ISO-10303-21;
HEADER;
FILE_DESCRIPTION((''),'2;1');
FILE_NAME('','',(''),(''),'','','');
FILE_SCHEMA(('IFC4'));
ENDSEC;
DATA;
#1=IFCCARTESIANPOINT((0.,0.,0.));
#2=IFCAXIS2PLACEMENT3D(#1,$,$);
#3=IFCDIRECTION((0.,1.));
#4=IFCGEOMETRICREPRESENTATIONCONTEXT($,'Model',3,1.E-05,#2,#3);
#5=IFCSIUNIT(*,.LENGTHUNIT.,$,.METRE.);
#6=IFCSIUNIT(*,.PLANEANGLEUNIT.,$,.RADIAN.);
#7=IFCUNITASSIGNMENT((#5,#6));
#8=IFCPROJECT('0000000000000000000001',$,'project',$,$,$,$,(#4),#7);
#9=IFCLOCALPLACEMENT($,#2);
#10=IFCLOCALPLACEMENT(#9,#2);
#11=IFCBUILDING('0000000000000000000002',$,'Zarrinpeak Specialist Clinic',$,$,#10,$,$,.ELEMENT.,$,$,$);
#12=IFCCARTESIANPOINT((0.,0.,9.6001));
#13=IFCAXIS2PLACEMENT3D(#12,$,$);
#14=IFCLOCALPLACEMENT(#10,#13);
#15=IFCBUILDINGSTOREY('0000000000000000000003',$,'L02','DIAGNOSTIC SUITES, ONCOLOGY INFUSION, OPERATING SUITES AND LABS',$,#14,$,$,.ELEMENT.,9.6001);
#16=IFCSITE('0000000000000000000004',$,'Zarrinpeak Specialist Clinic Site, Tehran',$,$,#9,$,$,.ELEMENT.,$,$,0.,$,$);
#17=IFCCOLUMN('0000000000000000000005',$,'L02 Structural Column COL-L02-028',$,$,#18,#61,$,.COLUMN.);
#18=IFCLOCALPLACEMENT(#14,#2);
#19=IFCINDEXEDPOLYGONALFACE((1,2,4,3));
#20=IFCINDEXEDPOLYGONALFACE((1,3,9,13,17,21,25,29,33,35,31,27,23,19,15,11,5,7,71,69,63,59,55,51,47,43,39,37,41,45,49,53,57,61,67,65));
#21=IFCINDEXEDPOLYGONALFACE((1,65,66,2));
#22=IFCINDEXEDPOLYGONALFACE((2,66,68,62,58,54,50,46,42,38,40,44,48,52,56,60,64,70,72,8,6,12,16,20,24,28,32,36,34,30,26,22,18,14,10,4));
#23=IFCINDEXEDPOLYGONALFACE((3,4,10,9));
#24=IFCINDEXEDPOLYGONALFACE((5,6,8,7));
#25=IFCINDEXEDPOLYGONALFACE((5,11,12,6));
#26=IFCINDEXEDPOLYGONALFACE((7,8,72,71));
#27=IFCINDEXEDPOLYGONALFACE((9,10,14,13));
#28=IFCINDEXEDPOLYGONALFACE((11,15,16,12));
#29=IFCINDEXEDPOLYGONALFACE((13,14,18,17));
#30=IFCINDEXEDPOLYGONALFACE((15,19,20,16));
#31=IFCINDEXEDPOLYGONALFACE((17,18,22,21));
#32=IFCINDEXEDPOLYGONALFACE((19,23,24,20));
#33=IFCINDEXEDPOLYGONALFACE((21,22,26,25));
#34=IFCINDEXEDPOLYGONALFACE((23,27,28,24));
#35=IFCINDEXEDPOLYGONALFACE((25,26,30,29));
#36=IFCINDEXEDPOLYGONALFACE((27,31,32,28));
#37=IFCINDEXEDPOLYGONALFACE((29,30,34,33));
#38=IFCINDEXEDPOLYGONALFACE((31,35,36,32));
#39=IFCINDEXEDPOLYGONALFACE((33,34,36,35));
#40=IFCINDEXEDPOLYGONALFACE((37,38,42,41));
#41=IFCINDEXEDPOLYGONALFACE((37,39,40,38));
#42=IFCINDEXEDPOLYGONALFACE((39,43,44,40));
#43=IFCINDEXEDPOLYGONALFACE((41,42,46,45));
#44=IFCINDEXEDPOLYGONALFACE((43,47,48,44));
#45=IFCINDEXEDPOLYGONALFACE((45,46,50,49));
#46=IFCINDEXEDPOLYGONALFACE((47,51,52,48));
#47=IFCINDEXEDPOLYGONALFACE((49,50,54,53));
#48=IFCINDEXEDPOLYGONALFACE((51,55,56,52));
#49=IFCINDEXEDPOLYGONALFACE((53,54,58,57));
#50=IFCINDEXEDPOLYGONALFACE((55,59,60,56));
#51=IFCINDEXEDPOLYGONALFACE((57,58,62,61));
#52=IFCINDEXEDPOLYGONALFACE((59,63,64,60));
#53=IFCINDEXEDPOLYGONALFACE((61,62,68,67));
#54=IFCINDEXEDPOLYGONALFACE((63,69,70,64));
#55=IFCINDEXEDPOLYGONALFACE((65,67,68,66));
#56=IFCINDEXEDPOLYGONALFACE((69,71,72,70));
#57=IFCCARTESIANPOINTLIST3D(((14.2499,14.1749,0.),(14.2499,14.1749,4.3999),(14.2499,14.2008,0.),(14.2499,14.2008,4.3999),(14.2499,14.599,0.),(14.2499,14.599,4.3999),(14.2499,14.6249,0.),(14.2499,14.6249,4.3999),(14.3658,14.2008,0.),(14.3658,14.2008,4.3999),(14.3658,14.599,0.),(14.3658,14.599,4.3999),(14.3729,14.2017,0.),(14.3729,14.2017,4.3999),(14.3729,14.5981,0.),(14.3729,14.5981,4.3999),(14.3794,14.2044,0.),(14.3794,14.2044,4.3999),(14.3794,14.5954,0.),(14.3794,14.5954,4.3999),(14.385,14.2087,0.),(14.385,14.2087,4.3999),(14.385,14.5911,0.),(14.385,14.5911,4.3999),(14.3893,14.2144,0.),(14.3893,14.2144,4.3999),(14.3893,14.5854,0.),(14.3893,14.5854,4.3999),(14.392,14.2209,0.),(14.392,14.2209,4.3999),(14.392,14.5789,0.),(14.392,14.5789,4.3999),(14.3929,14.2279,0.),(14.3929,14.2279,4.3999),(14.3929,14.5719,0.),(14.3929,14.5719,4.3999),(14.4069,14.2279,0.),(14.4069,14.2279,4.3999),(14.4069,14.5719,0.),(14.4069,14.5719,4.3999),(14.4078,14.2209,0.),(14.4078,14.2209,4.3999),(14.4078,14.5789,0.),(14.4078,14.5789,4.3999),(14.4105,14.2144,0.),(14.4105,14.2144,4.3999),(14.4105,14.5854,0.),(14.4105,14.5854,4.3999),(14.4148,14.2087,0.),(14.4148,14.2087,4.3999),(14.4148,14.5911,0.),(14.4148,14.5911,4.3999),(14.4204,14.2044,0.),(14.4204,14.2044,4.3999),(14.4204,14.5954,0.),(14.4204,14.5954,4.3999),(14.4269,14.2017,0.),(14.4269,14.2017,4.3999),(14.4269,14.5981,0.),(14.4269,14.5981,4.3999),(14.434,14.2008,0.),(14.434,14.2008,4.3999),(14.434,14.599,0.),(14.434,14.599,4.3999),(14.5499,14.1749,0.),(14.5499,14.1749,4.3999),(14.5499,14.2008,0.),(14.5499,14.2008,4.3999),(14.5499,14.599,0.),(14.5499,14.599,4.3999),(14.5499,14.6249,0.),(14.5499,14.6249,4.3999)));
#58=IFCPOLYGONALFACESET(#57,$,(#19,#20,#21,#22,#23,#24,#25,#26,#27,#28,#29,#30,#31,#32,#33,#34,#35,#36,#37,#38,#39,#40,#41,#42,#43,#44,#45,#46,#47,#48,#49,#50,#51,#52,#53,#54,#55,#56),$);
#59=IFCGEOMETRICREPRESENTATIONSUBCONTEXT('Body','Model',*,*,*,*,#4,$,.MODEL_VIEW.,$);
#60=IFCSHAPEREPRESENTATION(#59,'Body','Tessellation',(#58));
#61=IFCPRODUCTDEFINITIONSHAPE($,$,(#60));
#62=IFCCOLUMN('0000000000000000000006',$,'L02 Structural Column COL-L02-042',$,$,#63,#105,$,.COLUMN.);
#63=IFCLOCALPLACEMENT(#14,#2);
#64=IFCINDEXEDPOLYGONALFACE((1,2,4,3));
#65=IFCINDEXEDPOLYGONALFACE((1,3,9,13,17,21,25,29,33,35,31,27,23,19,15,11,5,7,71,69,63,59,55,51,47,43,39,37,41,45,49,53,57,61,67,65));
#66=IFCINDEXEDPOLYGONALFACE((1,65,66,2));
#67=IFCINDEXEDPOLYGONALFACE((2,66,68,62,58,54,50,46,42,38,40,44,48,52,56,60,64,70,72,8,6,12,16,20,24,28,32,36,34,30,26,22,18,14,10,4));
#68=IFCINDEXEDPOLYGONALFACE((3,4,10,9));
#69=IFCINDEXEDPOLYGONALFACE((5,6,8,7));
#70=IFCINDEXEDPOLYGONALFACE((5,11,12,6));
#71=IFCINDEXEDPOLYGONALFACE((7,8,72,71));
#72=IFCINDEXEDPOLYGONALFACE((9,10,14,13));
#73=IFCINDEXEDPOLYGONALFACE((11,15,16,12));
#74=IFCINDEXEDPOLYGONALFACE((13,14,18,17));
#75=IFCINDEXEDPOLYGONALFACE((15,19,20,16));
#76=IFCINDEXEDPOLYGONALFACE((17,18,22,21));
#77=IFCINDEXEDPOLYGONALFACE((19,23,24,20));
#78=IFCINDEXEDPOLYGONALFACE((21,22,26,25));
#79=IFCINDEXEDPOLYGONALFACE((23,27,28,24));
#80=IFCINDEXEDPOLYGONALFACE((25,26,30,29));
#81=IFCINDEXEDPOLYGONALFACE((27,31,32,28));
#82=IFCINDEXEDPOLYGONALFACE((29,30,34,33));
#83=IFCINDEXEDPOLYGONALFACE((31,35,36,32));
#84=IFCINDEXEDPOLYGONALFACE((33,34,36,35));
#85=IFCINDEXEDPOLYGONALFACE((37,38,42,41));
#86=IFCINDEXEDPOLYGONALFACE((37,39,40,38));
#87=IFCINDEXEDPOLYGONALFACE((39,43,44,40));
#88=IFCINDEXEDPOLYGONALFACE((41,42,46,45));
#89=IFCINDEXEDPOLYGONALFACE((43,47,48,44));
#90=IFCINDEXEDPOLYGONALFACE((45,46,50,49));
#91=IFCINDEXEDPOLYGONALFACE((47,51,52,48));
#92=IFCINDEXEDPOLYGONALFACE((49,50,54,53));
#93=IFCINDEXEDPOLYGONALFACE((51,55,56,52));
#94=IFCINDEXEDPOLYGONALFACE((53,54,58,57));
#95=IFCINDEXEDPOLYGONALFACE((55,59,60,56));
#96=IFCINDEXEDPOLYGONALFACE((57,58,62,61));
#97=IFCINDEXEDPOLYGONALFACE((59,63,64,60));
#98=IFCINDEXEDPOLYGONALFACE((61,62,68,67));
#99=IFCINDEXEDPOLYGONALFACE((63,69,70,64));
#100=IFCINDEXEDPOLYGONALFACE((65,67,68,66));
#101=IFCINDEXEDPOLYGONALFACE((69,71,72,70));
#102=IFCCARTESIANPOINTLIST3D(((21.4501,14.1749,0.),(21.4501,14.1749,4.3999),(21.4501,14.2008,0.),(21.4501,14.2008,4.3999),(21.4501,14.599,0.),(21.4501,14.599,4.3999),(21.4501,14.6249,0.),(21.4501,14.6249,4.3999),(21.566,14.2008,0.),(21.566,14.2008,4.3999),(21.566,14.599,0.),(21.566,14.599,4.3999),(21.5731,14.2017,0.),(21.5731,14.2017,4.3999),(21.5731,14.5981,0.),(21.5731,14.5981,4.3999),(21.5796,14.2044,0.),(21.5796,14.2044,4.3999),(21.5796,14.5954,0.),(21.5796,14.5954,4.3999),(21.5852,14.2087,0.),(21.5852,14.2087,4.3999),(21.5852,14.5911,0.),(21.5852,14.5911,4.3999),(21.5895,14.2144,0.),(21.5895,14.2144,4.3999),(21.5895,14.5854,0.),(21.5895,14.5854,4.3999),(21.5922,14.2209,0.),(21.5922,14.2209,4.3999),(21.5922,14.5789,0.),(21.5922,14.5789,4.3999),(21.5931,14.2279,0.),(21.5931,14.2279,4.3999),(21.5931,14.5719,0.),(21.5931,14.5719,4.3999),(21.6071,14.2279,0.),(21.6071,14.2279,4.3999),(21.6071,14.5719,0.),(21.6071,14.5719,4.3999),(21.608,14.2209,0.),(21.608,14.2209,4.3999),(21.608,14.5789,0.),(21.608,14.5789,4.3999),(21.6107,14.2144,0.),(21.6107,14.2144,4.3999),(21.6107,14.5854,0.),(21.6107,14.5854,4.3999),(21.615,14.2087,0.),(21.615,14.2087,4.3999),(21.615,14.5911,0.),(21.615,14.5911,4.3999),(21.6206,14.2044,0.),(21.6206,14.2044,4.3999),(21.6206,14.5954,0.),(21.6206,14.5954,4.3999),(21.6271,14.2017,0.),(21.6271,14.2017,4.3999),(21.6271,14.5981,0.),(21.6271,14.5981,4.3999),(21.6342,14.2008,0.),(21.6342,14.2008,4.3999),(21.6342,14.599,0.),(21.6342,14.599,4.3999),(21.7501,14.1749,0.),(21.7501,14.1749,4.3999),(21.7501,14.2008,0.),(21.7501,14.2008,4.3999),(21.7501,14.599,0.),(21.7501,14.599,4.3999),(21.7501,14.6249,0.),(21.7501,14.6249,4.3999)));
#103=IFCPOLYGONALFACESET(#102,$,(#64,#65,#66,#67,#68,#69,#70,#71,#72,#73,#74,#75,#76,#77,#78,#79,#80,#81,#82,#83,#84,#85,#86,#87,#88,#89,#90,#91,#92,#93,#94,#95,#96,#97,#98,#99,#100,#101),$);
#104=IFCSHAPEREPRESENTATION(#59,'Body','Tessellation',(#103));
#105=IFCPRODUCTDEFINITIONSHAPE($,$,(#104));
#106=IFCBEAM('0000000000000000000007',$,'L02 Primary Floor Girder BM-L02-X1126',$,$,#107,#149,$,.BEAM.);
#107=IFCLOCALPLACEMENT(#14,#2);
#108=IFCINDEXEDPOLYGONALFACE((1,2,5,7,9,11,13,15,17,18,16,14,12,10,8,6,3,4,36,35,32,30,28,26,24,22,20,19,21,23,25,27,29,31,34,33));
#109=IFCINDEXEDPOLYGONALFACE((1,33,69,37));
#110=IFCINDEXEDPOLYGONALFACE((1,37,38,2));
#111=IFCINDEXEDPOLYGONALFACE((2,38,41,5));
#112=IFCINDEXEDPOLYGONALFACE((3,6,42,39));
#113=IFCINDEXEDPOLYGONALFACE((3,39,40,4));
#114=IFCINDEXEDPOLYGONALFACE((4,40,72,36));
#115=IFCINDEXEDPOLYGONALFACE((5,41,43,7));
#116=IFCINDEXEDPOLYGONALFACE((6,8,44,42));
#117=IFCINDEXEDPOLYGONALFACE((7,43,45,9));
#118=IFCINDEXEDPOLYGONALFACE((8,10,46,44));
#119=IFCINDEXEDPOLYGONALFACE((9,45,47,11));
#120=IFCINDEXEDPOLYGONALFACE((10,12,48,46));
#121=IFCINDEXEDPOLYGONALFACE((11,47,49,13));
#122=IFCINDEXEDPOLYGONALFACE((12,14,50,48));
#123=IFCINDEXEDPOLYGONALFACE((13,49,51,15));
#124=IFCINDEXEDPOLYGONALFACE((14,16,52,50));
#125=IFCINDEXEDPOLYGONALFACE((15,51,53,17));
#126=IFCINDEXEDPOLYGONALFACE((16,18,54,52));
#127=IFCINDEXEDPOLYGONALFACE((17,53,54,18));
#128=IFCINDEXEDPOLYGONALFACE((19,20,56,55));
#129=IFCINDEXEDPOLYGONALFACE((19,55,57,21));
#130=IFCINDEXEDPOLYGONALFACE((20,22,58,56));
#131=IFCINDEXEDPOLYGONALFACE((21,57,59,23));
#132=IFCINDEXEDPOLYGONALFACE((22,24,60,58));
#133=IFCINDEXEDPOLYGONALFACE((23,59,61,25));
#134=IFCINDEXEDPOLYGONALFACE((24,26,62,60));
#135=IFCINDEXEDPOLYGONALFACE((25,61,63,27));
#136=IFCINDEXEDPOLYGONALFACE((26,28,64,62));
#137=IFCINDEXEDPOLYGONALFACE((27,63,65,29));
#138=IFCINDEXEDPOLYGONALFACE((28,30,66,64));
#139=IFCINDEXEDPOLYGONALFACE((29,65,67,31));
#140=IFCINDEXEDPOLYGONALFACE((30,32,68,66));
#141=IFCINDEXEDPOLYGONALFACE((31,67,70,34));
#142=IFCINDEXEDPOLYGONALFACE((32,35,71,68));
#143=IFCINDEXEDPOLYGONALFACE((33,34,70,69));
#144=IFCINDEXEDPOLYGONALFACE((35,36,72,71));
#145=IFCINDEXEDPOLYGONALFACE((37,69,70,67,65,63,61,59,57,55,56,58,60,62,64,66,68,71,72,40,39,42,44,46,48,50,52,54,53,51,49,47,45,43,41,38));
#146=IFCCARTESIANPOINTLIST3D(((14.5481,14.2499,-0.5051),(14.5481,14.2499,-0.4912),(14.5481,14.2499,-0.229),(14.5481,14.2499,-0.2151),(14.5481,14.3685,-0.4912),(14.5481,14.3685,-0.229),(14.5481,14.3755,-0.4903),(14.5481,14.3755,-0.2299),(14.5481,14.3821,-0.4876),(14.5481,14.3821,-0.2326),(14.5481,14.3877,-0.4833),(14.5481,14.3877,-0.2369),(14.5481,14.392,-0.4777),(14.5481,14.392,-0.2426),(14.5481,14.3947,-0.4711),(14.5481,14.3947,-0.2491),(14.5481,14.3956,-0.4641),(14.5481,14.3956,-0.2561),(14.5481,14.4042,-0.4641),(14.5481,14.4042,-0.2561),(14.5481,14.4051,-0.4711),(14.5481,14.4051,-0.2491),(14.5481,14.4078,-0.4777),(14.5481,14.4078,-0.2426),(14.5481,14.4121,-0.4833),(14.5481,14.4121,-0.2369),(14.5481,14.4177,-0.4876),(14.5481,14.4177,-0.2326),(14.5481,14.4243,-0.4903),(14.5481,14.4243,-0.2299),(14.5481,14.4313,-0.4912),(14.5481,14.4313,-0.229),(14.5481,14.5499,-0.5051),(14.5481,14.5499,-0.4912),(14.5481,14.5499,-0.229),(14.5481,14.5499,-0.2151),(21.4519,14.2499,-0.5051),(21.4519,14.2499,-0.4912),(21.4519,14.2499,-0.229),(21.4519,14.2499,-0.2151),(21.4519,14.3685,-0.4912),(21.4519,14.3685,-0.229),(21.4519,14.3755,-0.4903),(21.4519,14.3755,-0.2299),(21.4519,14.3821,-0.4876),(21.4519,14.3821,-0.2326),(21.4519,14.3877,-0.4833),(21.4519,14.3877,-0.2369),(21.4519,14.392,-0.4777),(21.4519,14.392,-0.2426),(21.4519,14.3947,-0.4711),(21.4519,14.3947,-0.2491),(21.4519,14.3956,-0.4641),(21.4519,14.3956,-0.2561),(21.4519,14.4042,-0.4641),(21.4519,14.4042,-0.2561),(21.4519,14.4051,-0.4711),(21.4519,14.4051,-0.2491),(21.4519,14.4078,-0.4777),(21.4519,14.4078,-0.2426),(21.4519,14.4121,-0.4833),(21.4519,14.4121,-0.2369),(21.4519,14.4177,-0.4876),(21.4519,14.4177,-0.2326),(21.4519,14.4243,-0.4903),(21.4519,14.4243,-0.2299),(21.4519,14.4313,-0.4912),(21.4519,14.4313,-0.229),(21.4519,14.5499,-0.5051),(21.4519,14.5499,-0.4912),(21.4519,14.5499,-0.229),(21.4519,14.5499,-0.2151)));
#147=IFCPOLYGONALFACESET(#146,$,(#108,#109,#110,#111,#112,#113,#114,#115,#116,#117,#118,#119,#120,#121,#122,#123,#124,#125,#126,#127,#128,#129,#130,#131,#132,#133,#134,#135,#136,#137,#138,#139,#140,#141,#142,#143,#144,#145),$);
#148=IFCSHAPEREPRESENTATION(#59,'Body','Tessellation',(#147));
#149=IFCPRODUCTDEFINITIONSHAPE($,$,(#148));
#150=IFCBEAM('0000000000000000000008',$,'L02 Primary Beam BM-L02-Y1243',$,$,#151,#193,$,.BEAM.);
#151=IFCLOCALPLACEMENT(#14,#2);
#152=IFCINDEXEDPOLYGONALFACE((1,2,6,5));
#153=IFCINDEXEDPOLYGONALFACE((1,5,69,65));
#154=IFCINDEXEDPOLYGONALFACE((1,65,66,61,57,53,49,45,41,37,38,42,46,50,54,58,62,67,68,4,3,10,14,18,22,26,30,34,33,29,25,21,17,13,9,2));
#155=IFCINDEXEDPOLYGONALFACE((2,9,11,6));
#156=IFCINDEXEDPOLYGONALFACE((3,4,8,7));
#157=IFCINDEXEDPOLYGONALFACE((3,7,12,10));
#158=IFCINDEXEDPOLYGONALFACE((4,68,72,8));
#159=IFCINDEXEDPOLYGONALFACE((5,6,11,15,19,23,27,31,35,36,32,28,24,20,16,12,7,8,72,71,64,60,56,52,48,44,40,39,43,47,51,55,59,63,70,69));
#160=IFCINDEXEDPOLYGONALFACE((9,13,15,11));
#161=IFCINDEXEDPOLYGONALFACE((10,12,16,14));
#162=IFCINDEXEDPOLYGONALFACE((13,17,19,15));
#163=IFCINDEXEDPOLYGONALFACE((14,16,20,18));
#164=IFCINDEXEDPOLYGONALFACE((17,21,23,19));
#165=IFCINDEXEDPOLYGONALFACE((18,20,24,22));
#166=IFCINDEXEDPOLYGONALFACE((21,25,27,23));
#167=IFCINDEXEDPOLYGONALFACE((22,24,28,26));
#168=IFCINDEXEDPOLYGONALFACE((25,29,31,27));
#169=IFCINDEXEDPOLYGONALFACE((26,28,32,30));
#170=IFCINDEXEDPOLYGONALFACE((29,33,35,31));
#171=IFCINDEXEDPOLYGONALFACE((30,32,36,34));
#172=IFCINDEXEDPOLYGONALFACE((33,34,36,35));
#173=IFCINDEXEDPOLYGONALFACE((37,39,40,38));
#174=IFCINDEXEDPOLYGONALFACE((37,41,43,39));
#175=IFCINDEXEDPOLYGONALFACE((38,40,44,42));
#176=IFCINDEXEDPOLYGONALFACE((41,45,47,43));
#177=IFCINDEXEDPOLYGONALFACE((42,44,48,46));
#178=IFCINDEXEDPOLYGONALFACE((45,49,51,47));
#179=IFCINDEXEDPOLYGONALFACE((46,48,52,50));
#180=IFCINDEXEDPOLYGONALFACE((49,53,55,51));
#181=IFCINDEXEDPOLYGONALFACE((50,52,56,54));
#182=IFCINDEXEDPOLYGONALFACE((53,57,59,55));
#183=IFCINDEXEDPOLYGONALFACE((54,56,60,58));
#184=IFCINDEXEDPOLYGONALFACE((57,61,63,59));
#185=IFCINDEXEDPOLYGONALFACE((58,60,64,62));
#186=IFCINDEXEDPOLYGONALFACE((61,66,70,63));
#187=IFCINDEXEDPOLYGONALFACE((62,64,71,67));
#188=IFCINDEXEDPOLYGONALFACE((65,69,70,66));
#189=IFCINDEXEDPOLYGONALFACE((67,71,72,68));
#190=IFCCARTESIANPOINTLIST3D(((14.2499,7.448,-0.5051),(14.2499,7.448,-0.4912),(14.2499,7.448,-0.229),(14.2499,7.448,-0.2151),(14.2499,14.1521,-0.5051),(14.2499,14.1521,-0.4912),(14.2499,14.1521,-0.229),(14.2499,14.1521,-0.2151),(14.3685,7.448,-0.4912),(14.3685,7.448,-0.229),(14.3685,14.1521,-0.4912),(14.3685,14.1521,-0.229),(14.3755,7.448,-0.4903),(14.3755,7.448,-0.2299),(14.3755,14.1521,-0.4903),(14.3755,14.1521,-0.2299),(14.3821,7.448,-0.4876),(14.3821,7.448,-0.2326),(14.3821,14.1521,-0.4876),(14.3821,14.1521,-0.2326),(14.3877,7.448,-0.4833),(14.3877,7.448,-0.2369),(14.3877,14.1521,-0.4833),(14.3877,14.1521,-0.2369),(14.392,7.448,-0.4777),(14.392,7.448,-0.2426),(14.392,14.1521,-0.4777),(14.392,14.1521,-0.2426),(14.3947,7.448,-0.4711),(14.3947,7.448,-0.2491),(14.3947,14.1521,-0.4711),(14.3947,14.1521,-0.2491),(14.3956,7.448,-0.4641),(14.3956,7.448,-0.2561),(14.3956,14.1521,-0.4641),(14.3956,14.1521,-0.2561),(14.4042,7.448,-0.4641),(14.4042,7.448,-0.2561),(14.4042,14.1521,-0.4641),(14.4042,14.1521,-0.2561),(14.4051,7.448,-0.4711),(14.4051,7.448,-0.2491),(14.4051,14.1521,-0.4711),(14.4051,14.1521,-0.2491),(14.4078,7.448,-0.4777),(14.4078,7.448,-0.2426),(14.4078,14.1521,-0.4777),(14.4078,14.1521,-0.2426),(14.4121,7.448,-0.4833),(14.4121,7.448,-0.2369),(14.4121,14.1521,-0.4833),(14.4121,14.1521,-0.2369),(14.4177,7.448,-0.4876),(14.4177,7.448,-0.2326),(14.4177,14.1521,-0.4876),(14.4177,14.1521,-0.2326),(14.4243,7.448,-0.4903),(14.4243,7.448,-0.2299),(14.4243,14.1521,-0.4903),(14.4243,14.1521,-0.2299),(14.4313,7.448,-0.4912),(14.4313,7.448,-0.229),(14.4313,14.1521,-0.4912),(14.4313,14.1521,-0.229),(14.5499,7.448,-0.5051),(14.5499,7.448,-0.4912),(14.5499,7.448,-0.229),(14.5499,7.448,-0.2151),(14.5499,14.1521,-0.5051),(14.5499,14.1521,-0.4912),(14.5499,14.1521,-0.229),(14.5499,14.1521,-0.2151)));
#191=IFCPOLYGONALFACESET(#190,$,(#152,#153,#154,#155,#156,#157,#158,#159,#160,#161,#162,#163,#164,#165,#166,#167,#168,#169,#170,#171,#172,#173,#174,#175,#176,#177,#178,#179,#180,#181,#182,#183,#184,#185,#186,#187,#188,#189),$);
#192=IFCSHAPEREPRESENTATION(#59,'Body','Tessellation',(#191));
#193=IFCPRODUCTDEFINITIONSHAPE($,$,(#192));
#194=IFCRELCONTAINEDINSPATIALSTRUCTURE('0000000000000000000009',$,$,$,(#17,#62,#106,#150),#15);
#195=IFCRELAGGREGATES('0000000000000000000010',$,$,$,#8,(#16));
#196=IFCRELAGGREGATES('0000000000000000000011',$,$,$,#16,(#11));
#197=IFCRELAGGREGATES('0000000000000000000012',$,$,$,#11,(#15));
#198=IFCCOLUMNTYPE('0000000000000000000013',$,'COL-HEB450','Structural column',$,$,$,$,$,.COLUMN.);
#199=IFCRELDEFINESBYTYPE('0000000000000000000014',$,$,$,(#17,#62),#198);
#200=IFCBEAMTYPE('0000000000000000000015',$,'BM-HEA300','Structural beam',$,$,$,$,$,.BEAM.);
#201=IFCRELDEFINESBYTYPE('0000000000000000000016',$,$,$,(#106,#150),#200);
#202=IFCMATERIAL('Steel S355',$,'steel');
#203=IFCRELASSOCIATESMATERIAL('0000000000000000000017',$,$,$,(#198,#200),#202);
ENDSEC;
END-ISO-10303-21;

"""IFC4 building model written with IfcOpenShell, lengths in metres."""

from ifc_helpers import new_model, si_unit, direction, frame, origin, origin_2d, place, context, subcontext, project, spatial, i_section, extrude, material, material_profile, profile_set, type_object, element, save


model = new_model("IFC4")

# Units and contexts
model_context = context("Model", 3, precision=1e-05, world=origin(), true_north=direction((0.0, 1.0)))
body_context = subcontext(model_context, "Body", "Model", "MODEL_VIEW")
ifc_project = project(units=[si_unit("LENGTHUNIT", "METRE"), si_unit("PLANEANGLEUNIT", "RADIAN")], contexts=[model_context])

# Site, building, storey
site_placement = place(None, origin())
site = spatial("IfcSite", under=ifc_project, at=site_placement, Name="Zarrinpeak Specialist Clinic Site, Tehran", CompositionType="ELEMENT", RefElevation=0.0)
building_placement = place(site_placement, origin())
building = spatial("IfcBuilding", under=site, at=building_placement, Name="Zarrinpeak Specialist Clinic", CompositionType="ELEMENT")
storey_placement = place(building_placement, frame((0.0, 0.0, 9.6001)))
storey = spatial("IfcBuildingStorey", under=building, at=storey_placement, Name="L02", Description="DIAGNOSTIC SUITES, ONCOLOGY INFUSION, OPERATING SUITES AND LABS", CompositionType="ELEMENT", Elevation=9.6001)

# Columns
ifc_material_1 = material(Name="Steel S355", Category="steel")
ifc_material_profile_1 = material_profile(ifc_material_1, i_section(OverallWidth=0.3, OverallDepth=0.45, WebThickness=0.0139, FlangeThickness=0.0259, FilletRadius=0.0271, at=origin_2d()), Name="HEB 450")
ifc_profile_set_1 = profile_set([ifc_material_profile_1], Name="Steel S355")
column_type = type_object("IfcColumnType", Name="COL-HEB450", Description="Structural column", PredefinedType="COLUMN", material=ifc_profile_set_1)
for number, where, z_axis, x_axis, name in (
    (1, (14.3999, 14.3999, 0.0), (0.0, 0.0, 1.0), (1.0, 0.0, 0.0), "L02 Structural Column COL-L02-028"),
    (2, (21.6001, 14.3999, 0.0), (0.0, 0.0, 1.0), (1.0, 0.0, 0.0), "L02 Structural Column COL-L02-042"),
):
    element("IfcColumn", number, at=place(storey_placement, frame(where, z_axis=z_axis, x_axis=x_axis)), inside=storey, type_object=column_type, Name=name, PredefinedType="COLUMN", context=body_context, shape_type="SweptSolid", body=[
        extrude(i_section(OverallWidth=0.3, OverallDepth=0.45, WebThickness=0.0139, FlangeThickness=0.0259, FilletRadius=0.0271, at=origin_2d()), origin(), (0.0, 0.0, 1.0), 4.3999),
    ])

# Beams
ifc_material_profile_2 = material_profile(ifc_material_1, i_section(OverallWidth=0.3, OverallDepth=0.29, WebThickness=0.0085, FlangeThickness=0.0139, FilletRadius=0.0271, at=origin_2d()), Name="HEA 300")
ifc_profile_set_2 = profile_set([ifc_material_profile_2], Name="Steel S355")
beam_type_1 = type_object("IfcBeamType", Name="BM-HEA300", Description="Structural beam", PredefinedType="BEAM", material=ifc_profile_set_2)
beam_1_placement = place(storey_placement, frame((14.5481, 14.3999, -0.3601), z_axis=(1.0, 0.0, 0.0), x_axis=(0.0, 1.0, 0.0)))
element("IfcBeam", 3, at=beam_1_placement, inside=storey, type_object=beam_type_1, Name="L02 Primary Floor Girder BM-L02-X1126", PredefinedType="BEAM", context=body_context, shape_type="SweptSolid", body=[
    extrude(i_section(OverallWidth=0.3, OverallDepth=0.29, WebThickness=0.0085, FlangeThickness=0.0139, FilletRadius=0.0271, at=origin_2d()), origin(), (0.0, 0.0, 1.0), 6.9038),
])
for number, where, z_axis, x_axis, name in (
    (4, (14.3999, 7.448, -0.3601), (0.0, 1.0, 0.0), (-1.0, 0.0, 0.0), "L02 Primary Beam BM-L02-Y1243"),
):
    element("IfcBeam", number, at=place(storey_placement, frame(where, z_axis=z_axis, x_axis=x_axis)), inside=storey, type_object=beam_type_1, Name=name, PredefinedType="BEAM", context=body_context, shape_type="SweptSolid", body=[
        extrude(i_section(OverallWidth=0.3, OverallDepth=0.29, WebThickness=0.0085, FlangeThickness=0.0139, FilletRadius=0.0271, at=origin_2d()), origin(), (0.0, 0.0, 1.0), 6.7041),
    ])

save(model, "model.ifc")
